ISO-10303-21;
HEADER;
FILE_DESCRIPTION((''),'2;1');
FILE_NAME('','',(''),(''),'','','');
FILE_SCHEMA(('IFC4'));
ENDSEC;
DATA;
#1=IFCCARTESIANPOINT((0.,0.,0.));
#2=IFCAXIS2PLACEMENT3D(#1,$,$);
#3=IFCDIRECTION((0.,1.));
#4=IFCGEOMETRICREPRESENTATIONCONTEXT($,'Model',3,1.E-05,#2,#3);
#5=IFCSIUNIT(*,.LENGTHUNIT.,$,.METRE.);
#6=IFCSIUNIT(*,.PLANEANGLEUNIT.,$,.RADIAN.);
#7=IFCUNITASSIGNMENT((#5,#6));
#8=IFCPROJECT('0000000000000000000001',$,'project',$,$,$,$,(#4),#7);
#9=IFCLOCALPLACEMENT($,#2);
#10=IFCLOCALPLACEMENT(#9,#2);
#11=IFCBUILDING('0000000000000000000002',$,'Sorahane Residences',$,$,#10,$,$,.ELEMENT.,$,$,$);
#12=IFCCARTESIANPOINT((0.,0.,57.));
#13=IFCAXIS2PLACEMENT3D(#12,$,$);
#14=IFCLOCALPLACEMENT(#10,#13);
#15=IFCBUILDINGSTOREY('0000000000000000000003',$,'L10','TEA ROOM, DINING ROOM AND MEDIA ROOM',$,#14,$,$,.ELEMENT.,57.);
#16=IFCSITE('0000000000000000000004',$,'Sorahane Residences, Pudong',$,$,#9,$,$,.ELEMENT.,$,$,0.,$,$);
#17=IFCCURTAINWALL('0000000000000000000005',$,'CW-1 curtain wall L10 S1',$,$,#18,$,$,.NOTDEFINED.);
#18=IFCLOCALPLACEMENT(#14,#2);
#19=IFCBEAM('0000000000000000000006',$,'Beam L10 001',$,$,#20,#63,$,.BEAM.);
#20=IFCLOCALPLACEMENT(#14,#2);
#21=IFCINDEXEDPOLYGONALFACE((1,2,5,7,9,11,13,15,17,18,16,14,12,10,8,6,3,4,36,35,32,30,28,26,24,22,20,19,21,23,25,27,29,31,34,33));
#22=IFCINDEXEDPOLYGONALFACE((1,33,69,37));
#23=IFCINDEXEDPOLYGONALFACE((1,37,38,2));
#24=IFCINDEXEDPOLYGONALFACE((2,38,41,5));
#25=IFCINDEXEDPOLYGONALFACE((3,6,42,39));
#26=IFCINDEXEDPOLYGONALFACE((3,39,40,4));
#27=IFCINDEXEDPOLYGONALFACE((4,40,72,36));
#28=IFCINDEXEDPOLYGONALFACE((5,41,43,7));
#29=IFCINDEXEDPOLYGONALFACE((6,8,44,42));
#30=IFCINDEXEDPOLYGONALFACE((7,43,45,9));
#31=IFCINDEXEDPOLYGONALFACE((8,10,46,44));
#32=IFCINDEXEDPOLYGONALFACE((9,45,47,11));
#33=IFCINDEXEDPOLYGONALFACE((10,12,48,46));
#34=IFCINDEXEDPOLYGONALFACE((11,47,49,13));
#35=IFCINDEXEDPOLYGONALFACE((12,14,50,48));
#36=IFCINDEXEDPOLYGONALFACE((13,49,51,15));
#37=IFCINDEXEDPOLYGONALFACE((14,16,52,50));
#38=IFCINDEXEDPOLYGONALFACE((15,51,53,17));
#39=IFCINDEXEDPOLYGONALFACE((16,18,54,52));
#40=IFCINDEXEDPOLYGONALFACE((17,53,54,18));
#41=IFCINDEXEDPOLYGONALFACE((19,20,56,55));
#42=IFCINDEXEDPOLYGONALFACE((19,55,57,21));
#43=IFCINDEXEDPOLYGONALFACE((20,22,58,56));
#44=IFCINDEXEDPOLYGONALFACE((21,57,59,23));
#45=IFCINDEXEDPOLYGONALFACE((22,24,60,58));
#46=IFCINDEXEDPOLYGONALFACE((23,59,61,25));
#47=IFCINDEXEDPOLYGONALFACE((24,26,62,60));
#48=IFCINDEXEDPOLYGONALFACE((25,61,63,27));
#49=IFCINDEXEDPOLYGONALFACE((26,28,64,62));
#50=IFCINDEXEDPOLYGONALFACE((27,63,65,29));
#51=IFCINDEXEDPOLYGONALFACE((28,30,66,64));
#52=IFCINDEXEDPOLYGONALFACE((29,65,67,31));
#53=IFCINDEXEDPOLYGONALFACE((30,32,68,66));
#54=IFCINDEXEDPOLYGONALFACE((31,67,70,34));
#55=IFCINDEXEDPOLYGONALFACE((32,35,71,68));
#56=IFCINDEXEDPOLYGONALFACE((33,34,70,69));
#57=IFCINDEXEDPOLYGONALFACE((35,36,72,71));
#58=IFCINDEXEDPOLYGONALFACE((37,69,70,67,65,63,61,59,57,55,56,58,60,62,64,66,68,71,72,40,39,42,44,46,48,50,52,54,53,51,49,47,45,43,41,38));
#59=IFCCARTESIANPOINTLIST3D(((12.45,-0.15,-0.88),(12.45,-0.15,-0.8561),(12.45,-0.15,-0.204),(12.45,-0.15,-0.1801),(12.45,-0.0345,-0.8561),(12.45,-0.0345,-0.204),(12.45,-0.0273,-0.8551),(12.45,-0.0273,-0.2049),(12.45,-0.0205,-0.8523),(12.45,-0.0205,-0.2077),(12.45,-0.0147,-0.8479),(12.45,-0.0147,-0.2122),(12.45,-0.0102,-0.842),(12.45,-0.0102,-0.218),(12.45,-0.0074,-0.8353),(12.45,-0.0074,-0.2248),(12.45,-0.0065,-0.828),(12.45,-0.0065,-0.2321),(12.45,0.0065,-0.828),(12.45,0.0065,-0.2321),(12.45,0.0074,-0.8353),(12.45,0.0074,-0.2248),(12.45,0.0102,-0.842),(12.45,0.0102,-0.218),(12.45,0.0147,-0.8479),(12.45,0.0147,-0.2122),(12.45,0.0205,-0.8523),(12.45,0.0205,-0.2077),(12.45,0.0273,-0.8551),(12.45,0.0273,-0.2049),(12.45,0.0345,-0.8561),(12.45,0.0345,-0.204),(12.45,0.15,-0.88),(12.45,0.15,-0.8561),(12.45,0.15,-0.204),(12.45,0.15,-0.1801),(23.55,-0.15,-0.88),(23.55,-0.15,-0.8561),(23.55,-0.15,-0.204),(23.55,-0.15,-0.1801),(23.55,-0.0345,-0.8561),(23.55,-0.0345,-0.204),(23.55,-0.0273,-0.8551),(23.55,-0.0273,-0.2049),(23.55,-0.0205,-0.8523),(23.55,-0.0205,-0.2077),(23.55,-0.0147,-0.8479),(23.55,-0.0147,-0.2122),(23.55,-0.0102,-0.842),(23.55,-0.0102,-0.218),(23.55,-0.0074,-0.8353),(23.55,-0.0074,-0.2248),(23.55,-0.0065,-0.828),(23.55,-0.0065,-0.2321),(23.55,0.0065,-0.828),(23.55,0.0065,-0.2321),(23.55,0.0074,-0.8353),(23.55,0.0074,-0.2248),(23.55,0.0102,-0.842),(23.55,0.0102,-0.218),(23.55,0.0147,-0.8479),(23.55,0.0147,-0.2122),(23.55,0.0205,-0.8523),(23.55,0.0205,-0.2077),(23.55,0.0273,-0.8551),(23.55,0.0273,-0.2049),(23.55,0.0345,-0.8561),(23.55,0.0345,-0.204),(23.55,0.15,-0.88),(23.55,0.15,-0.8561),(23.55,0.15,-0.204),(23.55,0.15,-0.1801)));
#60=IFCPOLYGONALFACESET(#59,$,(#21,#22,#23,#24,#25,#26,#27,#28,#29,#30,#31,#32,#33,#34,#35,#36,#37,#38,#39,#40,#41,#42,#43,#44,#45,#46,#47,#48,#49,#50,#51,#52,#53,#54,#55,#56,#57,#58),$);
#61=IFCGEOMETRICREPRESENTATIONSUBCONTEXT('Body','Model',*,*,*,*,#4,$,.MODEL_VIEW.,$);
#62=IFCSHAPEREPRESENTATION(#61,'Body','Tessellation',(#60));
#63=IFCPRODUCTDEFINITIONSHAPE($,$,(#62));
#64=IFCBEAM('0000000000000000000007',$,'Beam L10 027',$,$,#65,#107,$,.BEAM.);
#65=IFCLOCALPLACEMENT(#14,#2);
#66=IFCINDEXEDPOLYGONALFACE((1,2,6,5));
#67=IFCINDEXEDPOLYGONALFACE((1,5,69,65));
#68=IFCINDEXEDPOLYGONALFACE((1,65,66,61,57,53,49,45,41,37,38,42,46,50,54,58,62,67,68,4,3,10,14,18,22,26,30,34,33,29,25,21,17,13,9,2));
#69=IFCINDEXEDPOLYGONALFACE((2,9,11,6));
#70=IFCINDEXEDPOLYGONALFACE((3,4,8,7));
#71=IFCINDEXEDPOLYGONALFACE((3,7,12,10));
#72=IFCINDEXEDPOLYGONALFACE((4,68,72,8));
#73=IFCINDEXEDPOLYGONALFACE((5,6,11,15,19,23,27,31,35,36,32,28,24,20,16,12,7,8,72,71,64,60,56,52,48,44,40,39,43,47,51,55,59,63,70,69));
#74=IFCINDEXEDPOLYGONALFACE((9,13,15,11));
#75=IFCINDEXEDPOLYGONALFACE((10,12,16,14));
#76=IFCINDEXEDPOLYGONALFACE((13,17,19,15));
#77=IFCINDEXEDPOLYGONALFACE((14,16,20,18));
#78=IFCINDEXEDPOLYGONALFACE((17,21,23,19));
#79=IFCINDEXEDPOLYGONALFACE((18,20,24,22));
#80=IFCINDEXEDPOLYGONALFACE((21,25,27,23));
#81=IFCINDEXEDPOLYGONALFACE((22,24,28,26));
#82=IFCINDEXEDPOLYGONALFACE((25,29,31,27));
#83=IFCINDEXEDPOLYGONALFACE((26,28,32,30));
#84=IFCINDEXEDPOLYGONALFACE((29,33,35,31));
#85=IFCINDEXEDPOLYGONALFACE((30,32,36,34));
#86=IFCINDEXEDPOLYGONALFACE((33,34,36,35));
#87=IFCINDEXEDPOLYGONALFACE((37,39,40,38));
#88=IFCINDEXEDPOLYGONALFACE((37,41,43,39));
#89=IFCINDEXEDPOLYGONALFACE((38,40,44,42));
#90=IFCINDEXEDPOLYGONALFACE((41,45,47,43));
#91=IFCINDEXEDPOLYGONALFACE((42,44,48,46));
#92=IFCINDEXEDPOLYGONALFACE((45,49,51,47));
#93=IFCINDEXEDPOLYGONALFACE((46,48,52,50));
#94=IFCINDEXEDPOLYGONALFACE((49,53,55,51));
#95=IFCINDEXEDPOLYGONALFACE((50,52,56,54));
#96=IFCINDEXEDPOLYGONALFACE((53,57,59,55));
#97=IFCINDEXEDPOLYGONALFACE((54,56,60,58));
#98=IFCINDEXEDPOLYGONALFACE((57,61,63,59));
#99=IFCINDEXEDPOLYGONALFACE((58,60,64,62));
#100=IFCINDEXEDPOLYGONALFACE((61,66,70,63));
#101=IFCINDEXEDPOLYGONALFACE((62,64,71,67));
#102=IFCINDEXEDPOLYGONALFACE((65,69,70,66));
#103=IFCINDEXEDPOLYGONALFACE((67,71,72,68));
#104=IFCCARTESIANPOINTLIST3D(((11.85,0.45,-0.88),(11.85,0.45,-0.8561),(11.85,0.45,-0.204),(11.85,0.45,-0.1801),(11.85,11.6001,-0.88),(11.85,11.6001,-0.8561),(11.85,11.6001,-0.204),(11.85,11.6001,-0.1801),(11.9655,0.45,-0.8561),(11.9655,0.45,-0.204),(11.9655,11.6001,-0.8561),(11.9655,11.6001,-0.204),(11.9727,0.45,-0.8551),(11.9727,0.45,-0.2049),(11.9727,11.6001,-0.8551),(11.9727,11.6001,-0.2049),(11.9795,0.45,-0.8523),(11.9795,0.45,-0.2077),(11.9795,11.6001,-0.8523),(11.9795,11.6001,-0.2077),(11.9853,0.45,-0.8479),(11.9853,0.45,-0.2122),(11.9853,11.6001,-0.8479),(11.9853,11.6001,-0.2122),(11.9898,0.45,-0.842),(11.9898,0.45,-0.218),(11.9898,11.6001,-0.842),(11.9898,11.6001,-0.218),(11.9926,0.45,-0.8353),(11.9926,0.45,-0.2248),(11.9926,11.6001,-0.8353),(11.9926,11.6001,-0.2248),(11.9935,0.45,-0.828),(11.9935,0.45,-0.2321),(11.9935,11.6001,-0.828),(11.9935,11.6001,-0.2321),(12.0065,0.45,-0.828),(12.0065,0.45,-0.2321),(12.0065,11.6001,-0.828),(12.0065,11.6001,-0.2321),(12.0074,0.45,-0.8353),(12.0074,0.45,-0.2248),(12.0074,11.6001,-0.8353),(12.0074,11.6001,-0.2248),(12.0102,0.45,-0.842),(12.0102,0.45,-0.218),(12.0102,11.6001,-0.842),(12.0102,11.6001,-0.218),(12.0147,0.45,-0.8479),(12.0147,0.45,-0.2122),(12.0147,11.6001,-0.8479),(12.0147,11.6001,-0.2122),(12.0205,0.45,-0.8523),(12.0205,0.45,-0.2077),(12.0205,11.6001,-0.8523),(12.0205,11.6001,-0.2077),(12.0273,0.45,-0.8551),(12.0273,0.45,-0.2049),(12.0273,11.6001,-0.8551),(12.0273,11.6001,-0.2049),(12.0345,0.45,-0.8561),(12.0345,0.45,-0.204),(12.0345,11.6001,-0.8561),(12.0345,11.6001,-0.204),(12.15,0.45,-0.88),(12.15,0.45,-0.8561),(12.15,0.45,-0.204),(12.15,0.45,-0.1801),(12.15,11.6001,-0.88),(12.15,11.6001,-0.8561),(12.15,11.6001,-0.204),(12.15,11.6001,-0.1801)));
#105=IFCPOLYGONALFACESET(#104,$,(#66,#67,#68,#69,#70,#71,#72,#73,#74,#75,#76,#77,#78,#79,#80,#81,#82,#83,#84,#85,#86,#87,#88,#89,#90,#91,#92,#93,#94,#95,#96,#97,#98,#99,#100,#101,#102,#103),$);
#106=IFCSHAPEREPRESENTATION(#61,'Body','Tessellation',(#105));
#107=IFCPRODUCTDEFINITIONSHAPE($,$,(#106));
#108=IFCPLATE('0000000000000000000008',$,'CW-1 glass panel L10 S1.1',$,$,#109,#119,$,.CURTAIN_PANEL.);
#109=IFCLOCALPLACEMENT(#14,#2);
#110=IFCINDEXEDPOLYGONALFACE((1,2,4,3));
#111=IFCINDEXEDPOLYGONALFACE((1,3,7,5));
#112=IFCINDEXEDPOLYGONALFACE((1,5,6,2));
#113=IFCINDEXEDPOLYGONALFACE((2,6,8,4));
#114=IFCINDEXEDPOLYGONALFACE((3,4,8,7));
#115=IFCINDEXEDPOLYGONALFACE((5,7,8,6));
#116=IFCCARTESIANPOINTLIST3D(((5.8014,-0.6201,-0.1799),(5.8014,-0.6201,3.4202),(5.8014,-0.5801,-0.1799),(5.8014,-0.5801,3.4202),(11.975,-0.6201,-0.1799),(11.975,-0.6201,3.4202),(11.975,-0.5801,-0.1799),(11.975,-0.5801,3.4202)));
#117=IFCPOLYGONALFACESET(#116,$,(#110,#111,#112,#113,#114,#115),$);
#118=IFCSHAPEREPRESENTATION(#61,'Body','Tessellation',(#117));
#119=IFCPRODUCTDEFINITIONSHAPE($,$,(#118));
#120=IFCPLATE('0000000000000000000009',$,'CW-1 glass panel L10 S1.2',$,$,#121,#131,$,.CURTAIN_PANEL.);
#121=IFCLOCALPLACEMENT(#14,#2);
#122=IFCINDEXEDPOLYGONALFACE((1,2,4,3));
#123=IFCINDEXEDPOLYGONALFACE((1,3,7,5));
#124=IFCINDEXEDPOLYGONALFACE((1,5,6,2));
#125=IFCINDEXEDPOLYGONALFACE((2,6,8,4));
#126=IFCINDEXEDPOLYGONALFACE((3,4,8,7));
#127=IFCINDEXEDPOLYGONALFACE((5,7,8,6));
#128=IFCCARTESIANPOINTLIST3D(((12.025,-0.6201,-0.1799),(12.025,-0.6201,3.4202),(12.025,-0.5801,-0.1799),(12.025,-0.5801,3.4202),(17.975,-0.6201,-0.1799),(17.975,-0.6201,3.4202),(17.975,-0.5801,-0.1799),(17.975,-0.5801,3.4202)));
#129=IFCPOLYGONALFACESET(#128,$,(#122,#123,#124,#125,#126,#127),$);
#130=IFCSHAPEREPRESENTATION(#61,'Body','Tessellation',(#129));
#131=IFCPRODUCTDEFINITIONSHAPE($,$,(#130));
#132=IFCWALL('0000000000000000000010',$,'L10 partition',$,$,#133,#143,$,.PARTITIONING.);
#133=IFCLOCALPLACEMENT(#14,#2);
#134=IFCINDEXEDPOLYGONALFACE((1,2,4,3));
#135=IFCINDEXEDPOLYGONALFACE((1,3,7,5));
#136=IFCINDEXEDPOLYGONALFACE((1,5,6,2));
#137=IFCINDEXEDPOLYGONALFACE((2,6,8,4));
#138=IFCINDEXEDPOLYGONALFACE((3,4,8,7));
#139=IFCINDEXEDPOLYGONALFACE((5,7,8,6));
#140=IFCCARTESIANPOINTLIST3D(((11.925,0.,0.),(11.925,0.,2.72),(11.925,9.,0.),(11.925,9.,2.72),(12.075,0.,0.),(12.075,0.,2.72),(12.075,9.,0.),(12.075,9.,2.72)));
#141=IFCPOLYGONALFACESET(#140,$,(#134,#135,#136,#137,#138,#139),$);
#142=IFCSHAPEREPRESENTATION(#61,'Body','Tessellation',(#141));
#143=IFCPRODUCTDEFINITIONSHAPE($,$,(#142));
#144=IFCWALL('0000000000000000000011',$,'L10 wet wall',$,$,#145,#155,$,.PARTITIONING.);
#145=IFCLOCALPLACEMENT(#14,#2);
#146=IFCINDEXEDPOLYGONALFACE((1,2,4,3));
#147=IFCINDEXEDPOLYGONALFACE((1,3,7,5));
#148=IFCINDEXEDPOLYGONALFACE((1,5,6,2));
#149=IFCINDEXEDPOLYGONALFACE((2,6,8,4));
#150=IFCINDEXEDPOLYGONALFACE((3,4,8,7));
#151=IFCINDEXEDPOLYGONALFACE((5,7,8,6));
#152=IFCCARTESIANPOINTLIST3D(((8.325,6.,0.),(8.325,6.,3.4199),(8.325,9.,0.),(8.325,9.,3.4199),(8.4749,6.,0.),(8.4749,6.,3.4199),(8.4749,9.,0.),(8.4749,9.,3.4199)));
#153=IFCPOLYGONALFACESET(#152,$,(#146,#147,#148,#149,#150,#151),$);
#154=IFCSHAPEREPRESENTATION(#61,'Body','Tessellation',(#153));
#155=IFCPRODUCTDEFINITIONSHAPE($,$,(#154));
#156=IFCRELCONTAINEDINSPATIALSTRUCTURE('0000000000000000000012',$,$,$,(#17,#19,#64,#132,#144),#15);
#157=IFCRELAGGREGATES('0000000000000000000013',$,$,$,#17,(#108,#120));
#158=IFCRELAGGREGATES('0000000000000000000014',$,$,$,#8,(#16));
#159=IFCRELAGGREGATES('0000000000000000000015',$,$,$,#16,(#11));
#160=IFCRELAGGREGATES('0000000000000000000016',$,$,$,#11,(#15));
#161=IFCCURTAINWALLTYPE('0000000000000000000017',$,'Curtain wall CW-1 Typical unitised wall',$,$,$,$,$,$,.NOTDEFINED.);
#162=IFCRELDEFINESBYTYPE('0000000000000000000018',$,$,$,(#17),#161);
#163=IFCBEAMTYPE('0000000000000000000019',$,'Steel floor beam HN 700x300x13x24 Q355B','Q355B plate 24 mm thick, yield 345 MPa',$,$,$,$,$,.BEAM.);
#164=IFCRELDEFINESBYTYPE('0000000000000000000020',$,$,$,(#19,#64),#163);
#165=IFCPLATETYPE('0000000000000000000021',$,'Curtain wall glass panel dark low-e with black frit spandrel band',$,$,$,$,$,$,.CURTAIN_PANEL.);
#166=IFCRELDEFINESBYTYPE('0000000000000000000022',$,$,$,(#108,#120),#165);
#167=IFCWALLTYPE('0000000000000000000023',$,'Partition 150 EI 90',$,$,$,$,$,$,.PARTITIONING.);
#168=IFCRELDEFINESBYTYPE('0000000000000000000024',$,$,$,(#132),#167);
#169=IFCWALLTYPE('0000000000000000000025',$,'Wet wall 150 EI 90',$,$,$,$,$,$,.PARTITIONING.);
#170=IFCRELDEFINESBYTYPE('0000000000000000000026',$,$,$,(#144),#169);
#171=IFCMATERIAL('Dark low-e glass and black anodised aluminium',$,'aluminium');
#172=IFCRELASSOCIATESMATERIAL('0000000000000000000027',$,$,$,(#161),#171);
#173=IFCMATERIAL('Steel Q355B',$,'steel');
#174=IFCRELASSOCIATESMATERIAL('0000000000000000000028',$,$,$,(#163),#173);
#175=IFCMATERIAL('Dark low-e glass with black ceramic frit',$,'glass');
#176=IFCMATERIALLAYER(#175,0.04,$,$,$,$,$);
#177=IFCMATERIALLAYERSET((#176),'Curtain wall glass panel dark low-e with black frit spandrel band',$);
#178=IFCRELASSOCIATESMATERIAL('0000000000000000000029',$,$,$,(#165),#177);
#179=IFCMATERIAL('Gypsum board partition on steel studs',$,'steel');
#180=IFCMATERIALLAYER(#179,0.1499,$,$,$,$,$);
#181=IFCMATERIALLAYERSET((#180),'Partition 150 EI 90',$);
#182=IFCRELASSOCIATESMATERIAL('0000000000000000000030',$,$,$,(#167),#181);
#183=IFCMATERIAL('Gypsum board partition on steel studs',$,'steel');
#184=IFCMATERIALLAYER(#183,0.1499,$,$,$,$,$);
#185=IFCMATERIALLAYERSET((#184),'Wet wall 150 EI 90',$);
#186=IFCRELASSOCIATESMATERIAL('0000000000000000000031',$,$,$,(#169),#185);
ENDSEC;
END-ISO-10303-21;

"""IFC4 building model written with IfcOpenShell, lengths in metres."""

from ifc_helpers import new_model, si_unit, direction, frame, frame_2d, origin, origin_2d, place, context, subcontext, project, spatial, rectangle, i_section, extrude, material, layer, layer_set, material_profile, profile_set, type_object, element, aggregate, save


model = new_model("IFC4")

# Units and contexts
model_context = context("Model", 3, precision=1e-05, world=origin(), true_north=direction((0.0, 1.0)))
body_context = subcontext(model_context, "Body", "Model", "MODEL_VIEW")
ifc_project = project(units=[si_unit("LENGTHUNIT", "METRE"), si_unit("PLANEANGLEUNIT", "RADIAN")], contexts=[model_context])

# Site, building, storey
site_placement = place(None, origin())
site = spatial("IfcSite", under=ifc_project, at=site_placement, Name="Sorahane Residences, Pudong", CompositionType="ELEMENT", RefElevation=0.0)
building_placement = place(site_placement, origin())
building = spatial("IfcBuilding", under=site, at=building_placement, Name="Sorahane Residences", CompositionType="ELEMENT")
storey_placement = place(building_placement, frame((0.0, 0.0, 57.0)))
storey = spatial("IfcBuildingStorey", under=building, at=storey_placement, Name="L10", Description="TEA ROOM, DINING ROOM AND MEDIA ROOM", CompositionType="ELEMENT", Elevation=57.0)

# Curtain wall
ifc_material_1 = material(Name="Dark low-e glass and black anodised aluminium", Category="aluminium")
curtain_wall_type = type_object("IfcCurtainWallType", Name="Curtain wall CW-1 Typical unitised wall", PredefinedType="NOTDEFINED", material=ifc_material_1)
curtain_wall_placement = place(storey_placement, origin())
curtain_wall = element("IfcCurtainWall", 1, at=curtain_wall_placement, inside=storey, type_object=curtain_wall_type, Name="CW-1 curtain wall L10 S1", PredefinedType="NOTDEFINED")

# Beams
ifc_material_2 = material(Name="Steel Q355B", Category="steel")
ifc_material_profile_1 = material_profile(ifc_material_2, i_section(OverallWidth=0.3, OverallDepth=0.7, WebThickness=0.0129, FlangeThickness=0.0239, FilletRadius=0.0281, at=origin_2d()), Name="HN 700x300x13x24")
ifc_profile_set_1 = profile_set([ifc_material_profile_1], Name="Steel Q355B")
beam_type_1 = type_object("IfcBeamType", Name="Steel floor beam HN 700x300x13x24 Q355B", Description="Q355B plate 24 mm thick, yield 345 MPa", PredefinedType="BEAM", material=ifc_profile_set_1)
beam_1_placement = place(storey_placement, frame((12.45, 0.0, -0.53), z_axis=(1.0, 0.0, 0.0), x_axis=(0.0, 1.0, 0.0)))
element("IfcBeam", 2, at=beam_1_placement, inside=storey, type_object=beam_type_1, Name="Beam L10 001", PredefinedType="BEAM", context=body_context, shape_type="SweptSolid", body=[
    extrude(i_section(OverallWidth=0.3, OverallDepth=0.7, WebThickness=0.0129, FlangeThickness=0.0239, FilletRadius=0.0281, at=origin_2d()), origin(), (0.0, 0.0, 1.0), 11.1001),
])
beam_2_placement = place(storey_placement, frame((12.0, 0.45, -0.53), z_axis=(0.0, 1.0, 0.0), x_axis=(-1.0, 0.0, 0.0)))
element("IfcBeam", 3, at=beam_2_placement, inside=storey, type_object=beam_type_1, Name="Beam L10 027", PredefinedType="BEAM", context=body_context, shape_type="SweptSolid", body=[
    extrude(i_section(OverallWidth=0.3, OverallDepth=0.7, WebThickness=0.0129, FlangeThickness=0.0239, FilletRadius=0.0281, at=origin_2d()), origin(), (0.0, 0.0, 1.0), 11.1501),
])

# Plates
ifc_material_3 = material(Name="Dark low-e glass with black ceramic frit", Category="glass")
ifc_layer_1 = layer(ifc_material_3, 0.04)
ifc_layer_set_1 = layer_set([ifc_layer_1], Name="Curtain wall glass panel dark low-e with black frit spandrel band")
plate_type = type_object("IfcPlateType", Name="Curtain wall glass panel dark low-e with black frit spandrel band", PredefinedType="CURTAIN_PANEL", material=ifc_layer_set_1)
plate_1_placement = place(storey_placement, frame((8.8882, -0.6001, -0.1799), z_axis=(0.0, 0.0, 1.0), x_axis=(1.0, 0.0, 0.0)))
plate_1 = element("IfcPlate", 4, at=plate_1_placement, type_object=plate_type, Name="CW-1 glass panel L10 S1.1", PredefinedType="CURTAIN_PANEL", context=body_context, shape_type="SweptSolid", body=[
    extrude(rectangle(XDim=6.1736, YDim=0.04, at=origin_2d()), origin(), (0.0, 0.0, 1.0), 3.6001),
])
plate_2_placement = place(storey_placement, frame((15.0, -0.6001, -0.1799), z_axis=(0.0, 0.0, 1.0), x_axis=(1.0, 0.0, 0.0)))
plate_2 = element("IfcPlate", 5, at=plate_2_placement, type_object=plate_type, Name="CW-1 glass panel L10 S1.2", PredefinedType="CURTAIN_PANEL", context=body_context, shape_type="SweptSolid", body=[
    extrude(rectangle(XDim=5.95, YDim=0.04, at=origin_2d()), origin(), (0.0, 0.0, 1.0), 3.6001),
])
aggregate(curtain_wall, [plate_1, plate_2])

# Wall
ifc_material_4 = material(Name="Gypsum board partition on steel studs", Category="steel")
ifc_layer_2 = layer(ifc_material_4, 0.1499)
ifc_layer_set_2 = layer_set([ifc_layer_2], Name="Partition 150 EI 90")
wall_type_1 = type_object("IfcWallType", Name="Partition 150 EI 90", PredefinedType="PARTITIONING", material=ifc_layer_set_2)
wall_1_placement = place(storey_placement, frame((12.0, 0.0, 0.0), z_axis=(0.0, 0.0, 1.0), x_axis=(0.0, 1.0, 0.0)))
element("IfcWall", 6, at=wall_1_placement, inside=storey, type_object=wall_type_1, Name="L10 partition", PredefinedType="PARTITIONING", context=body_context, shape_type="SweptSolid", body=[
    extrude(rectangle(XDim=9.0, YDim=0.1499, at=frame_2d((4.5, 0.0))), origin(), (0.0, 0.0, 1.0), 2.72),
])

# Wall
ifc_material_5 = material(Name="Gypsum board partition on steel studs", Category="steel")
ifc_layer_3 = layer(ifc_material_5, 0.1499)
ifc_layer_set_3 = layer_set([ifc_layer_3], Name="Wet wall 150 EI 90")
wall_type_2 = type_object("IfcWallType", Name="Wet wall 150 EI 90", PredefinedType="PARTITIONING", material=ifc_layer_set_3)
wall_2_placement = place(storey_placement, frame((8.3999, 6.0, 0.0), z_axis=(0.0, 0.0, 1.0), x_axis=(0.0, 1.0, 0.0)))
element("IfcWall", 7, at=wall_2_placement, inside=storey, type_object=wall_type_2, Name="L10 wet wall", PredefinedType="PARTITIONING", context=body_context, shape_type="SweptSolid", body=[
    extrude(rectangle(XDim=3.0, YDim=0.1499, at=frame_2d((1.5, 0.0))), origin(), (0.0, 0.0, 1.0), 3.4199),
])

save(model, "model.ifc")
